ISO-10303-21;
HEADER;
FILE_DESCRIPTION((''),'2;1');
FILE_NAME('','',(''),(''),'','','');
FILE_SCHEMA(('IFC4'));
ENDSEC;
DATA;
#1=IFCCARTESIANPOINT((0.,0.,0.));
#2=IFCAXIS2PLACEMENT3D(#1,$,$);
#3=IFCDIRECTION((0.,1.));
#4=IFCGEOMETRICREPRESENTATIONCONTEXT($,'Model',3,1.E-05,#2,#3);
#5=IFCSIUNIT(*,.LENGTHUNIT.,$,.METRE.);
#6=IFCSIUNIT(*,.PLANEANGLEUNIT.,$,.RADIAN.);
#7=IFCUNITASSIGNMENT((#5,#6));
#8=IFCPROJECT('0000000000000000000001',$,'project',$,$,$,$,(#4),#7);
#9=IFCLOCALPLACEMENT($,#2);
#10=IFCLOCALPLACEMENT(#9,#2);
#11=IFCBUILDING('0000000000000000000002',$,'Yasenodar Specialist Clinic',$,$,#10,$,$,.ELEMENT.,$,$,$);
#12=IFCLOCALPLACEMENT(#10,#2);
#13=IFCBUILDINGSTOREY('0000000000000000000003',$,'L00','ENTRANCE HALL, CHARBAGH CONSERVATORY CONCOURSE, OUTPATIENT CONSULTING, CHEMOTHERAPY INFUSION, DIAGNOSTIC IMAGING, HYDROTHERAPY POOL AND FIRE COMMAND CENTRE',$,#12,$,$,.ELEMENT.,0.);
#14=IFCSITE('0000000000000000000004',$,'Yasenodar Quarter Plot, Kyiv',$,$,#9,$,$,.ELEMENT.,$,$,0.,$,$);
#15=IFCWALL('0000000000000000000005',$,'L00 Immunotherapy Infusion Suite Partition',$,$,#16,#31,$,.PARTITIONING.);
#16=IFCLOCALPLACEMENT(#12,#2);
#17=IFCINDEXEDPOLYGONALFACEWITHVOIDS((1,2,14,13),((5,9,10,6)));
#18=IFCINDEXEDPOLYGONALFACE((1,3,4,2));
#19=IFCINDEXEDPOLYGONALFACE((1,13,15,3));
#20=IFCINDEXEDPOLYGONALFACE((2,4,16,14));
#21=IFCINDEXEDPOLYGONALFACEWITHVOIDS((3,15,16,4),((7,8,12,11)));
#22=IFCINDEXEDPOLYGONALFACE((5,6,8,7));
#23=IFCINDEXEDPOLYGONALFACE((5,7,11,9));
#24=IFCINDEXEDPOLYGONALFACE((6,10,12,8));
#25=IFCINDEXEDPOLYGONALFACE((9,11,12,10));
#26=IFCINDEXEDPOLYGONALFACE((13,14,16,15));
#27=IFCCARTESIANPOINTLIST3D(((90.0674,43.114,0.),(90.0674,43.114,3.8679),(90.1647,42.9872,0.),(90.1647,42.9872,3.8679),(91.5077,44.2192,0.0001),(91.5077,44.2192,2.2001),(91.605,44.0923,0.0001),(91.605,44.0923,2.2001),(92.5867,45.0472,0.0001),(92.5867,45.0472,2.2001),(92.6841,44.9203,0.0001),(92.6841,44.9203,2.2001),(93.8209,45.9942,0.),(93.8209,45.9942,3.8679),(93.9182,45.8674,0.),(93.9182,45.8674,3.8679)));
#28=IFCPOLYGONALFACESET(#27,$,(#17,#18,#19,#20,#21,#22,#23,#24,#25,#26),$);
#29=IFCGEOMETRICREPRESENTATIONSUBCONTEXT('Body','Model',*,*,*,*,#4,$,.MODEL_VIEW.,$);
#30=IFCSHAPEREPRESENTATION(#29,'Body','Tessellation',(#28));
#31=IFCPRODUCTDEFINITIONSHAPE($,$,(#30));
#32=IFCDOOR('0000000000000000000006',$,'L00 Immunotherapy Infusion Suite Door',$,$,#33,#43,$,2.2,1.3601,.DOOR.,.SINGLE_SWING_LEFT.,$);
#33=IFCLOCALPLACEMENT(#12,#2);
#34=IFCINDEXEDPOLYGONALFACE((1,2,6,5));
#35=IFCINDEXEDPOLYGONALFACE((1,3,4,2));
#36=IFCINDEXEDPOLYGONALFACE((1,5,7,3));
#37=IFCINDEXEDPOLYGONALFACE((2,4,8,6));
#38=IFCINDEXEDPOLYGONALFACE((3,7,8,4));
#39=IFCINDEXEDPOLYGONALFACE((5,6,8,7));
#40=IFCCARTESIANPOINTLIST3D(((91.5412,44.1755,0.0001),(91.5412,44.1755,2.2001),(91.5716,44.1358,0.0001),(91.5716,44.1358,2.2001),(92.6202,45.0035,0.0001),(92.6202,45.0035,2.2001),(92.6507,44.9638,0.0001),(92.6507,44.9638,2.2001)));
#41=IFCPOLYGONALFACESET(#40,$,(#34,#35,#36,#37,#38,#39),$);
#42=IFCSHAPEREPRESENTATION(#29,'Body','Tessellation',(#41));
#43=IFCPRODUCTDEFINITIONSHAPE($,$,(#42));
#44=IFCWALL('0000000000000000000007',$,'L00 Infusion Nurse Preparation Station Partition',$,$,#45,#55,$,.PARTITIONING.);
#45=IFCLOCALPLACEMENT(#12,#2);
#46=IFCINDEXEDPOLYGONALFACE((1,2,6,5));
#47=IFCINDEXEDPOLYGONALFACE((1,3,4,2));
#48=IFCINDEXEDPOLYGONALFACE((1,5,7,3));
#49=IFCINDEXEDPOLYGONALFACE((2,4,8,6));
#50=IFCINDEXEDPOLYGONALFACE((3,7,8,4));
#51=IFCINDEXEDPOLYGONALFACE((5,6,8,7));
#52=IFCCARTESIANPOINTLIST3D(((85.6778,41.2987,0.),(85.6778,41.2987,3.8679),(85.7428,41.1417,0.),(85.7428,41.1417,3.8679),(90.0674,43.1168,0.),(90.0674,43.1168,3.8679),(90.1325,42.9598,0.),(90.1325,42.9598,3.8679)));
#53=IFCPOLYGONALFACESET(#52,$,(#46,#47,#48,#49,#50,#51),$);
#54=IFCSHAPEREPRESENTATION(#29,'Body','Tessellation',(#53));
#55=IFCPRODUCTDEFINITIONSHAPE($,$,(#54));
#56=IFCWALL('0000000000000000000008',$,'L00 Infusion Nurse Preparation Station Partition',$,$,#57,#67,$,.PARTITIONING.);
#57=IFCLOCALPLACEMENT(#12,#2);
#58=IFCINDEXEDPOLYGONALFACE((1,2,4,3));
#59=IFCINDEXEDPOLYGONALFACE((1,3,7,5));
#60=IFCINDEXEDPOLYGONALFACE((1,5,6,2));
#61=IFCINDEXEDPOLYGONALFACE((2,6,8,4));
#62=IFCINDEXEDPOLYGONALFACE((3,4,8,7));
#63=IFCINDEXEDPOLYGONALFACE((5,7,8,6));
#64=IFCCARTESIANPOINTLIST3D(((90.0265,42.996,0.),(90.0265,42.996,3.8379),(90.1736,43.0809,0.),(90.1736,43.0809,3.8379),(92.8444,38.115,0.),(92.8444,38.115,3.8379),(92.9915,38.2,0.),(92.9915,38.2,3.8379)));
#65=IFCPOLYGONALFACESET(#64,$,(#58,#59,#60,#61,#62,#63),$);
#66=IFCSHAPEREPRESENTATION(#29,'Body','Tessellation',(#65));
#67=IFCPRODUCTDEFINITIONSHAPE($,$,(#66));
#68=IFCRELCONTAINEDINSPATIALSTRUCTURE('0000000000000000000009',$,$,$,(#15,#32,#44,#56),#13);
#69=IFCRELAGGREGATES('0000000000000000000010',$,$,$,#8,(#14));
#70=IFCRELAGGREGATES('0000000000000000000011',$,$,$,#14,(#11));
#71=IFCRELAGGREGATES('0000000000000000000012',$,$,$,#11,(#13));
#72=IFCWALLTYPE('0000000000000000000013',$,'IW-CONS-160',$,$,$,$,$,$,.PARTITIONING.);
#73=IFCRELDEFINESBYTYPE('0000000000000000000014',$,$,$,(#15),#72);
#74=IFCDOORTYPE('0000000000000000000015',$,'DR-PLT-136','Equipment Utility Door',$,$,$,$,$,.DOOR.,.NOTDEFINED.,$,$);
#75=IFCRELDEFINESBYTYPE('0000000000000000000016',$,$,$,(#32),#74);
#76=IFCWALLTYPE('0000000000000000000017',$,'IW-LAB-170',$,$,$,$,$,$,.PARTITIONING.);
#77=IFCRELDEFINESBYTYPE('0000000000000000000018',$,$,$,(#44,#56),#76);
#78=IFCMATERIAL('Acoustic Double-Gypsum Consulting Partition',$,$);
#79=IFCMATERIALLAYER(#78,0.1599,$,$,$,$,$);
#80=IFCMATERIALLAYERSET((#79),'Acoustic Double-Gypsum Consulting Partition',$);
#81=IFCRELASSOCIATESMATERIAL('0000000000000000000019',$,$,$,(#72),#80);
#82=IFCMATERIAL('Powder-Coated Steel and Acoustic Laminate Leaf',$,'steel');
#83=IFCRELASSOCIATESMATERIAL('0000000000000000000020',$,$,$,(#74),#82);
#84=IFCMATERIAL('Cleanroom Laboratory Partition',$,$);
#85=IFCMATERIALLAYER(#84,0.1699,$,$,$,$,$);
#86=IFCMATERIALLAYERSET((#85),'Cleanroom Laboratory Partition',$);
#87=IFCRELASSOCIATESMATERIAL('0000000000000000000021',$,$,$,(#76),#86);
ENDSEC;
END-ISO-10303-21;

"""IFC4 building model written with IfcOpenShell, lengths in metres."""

from ifc_helpers import new_model, si_unit, direction, frame, frame_2d, origin, place, context, subcontext, project, spatial, rectangle, extrude, material, layer, layer_set, type_object, element, fill, save


model = new_model("IFC4")

# Units and contexts
model_context = context("Model", 3, precision=1e-05, world=origin(), true_north=direction((0.0, 1.0)))
body_context = subcontext(model_context, "Body", "Model", "MODEL_VIEW")
ifc_project = project(units=[si_unit("LENGTHUNIT", "METRE"), si_unit("PLANEANGLEUNIT", "RADIAN")], contexts=[model_context])

# Site, building, storey
site_placement = place(None, origin())
site = spatial("IfcSite", under=ifc_project, at=site_placement, Name="Yasenodar Quarter Plot, Kyiv", CompositionType="ELEMENT", RefElevation=0.0)
building_placement = place(site_placement, origin())
building = spatial("IfcBuilding", under=site, at=building_placement, Name="Yasenodar Specialist Clinic", CompositionType="ELEMENT")
storey_placement = place(building_placement, origin())
storey = spatial("IfcBuildingStorey", under=building, at=storey_placement, Name="L00", Description="ENTRANCE HALL, CHARBAGH CONSERVATORY CONCOURSE, OUTPATIENT CONSULTING, CHEMOTHERAPY INFUSION, DIAGNOSTIC IMAGING, HYDROTHERAPY POOL AND FIRE COMMAND CENTRE", CompositionType="ELEMENT", Elevation=0.0)

# Wall, opening, door
ifc_material_1 = material(Name="Acoustic Double-Gypsum Consulting Partition")
ifc_layer_1 = layer(ifc_material_1, 0.1599)
ifc_layer_set_1 = layer_set([ifc_layer_1], Name="Acoustic Double-Gypsum Consulting Partition")
wall_type_1 = type_object("IfcWallType", Name="IW-CONS-160", PredefinedType="PARTITIONING", material=ifc_layer_set_1)
wall_1_placement = place(storey_placement, frame((90.116, 43.0505, 0.0), z_axis=(0.0, 0.0, 1.0), x_axis=(0.79335, 0.608765, 0.0)))
wall_1 = element("IfcWall", 1, at=wall_1_placement, inside=storey, type_object=wall_type_1, Name="L00 Immunotherapy Infusion Suite Partition", PredefinedType="PARTITIONING", context=body_context, shape_type="SweptSolid", body=[
    extrude(rectangle(XDim=4.7312, YDim=0.1599, at=frame_2d((2.3657, 0.0))), origin(), (0.0, 0.0, 1.0), 3.8679),
])
opening_1_placement = place(wall_1_placement, frame((1.8154, 0.0, 0.0)))
opening_1 = element("IfcOpeningElement", 2, at=opening_1_placement, cuts=wall_1, PredefinedType="OPENING", context=body_context, shape_type="SweptSolid", body=[
    extrude(rectangle(XDim=1.3601, YDim=2.2, at=frame_2d((0.6802, 1.1001))), frame((0.0, 0.0898, 0.0), z_axis=(0.0, -1.0, 0.0), x_axis=(1.0, 0.0, 0.0)), (0.0, 0.0, 1.0), 0.1799),
])
ifc_material_2 = material(Name="Powder-Coated Steel and Acoustic Laminate Leaf", Category="steel")
door_type_1 = type_object("IfcDoorType", Name="DR-PLT-136", Description="Equipment Utility Door", OperationType="NOTDEFINED", PredefinedType="DOOR", material=ifc_material_2)
door_1_placement = place(opening_1_placement, origin())
door_1 = element("IfcDoor", 3, at=door_1_placement, inside=storey, type_object=door_type_1, Name="L00 Immunotherapy Infusion Suite Door", OperationType="SINGLE_SWING_LEFT", OverallHeight=2.2, OverallWidth=1.3601, PredefinedType="DOOR", context=body_context, shape_type="SweptSolid", body=[
    extrude(rectangle(XDim=1.3601, YDim=2.2, at=frame_2d((0.6802, 1.1001))), frame((0.0, 0.0249, 0.0), z_axis=(0.0, -1.0, 0.0), x_axis=(1.0, 0.0, 0.0)), (0.0, 0.0, 1.0), 0.05),
])
fill(opening_1, door_1)

# Walls
ifc_material_3 = material(Name="Cleanroom Laboratory Partition")
ifc_layer_2 = layer(ifc_material_3, 0.1699)
ifc_layer_set_2 = layer_set([ifc_layer_2], Name="Cleanroom Laboratory Partition")
wall_type_2 = type_object("IfcWallType", Name="IW-LAB-170", PredefinedType="PARTITIONING", material=ifc_layer_set_2)
wall_2_placement = place(storey_placement, frame((85.7104, 41.2202, 0.0), z_axis=(0.0, 0.0, 1.0), x_axis=(0.92389, 0.382659, 0.0)))
element("IfcWall", 4, at=wall_2_placement, inside=storey, type_object=wall_type_2, Name="L00 Infusion Nurse Preparation Station Partition", PredefinedType="PARTITIONING", context=body_context, shape_type="SweptSolid", body=[
    extrude(rectangle(XDim=4.7512, YDim=0.1699, at=frame_2d((2.3755, 0.0))), origin(), (0.0, 0.0, 1.0), 3.8679),
])
wall_3_placement = place(storey_placement, frame((90.1001, 43.0383, 0.0), z_axis=(0.0, 0.0, 1.0), x_axis=(0.499987, -0.866033, 0.0)))
element("IfcWall", 5, at=wall_3_placement, inside=storey, type_object=wall_type_2, Name="L00 Infusion Nurse Preparation Station Partition", PredefinedType="PARTITIONING", context=body_context, shape_type="SweptSolid", body=[
    extrude(rectangle(XDim=5.636, YDim=0.1699, at=frame_2d((2.8179, 0.0))), origin(), (0.0, 0.0, 1.0), 3.8379),
])

save(model, "model.ifc")
